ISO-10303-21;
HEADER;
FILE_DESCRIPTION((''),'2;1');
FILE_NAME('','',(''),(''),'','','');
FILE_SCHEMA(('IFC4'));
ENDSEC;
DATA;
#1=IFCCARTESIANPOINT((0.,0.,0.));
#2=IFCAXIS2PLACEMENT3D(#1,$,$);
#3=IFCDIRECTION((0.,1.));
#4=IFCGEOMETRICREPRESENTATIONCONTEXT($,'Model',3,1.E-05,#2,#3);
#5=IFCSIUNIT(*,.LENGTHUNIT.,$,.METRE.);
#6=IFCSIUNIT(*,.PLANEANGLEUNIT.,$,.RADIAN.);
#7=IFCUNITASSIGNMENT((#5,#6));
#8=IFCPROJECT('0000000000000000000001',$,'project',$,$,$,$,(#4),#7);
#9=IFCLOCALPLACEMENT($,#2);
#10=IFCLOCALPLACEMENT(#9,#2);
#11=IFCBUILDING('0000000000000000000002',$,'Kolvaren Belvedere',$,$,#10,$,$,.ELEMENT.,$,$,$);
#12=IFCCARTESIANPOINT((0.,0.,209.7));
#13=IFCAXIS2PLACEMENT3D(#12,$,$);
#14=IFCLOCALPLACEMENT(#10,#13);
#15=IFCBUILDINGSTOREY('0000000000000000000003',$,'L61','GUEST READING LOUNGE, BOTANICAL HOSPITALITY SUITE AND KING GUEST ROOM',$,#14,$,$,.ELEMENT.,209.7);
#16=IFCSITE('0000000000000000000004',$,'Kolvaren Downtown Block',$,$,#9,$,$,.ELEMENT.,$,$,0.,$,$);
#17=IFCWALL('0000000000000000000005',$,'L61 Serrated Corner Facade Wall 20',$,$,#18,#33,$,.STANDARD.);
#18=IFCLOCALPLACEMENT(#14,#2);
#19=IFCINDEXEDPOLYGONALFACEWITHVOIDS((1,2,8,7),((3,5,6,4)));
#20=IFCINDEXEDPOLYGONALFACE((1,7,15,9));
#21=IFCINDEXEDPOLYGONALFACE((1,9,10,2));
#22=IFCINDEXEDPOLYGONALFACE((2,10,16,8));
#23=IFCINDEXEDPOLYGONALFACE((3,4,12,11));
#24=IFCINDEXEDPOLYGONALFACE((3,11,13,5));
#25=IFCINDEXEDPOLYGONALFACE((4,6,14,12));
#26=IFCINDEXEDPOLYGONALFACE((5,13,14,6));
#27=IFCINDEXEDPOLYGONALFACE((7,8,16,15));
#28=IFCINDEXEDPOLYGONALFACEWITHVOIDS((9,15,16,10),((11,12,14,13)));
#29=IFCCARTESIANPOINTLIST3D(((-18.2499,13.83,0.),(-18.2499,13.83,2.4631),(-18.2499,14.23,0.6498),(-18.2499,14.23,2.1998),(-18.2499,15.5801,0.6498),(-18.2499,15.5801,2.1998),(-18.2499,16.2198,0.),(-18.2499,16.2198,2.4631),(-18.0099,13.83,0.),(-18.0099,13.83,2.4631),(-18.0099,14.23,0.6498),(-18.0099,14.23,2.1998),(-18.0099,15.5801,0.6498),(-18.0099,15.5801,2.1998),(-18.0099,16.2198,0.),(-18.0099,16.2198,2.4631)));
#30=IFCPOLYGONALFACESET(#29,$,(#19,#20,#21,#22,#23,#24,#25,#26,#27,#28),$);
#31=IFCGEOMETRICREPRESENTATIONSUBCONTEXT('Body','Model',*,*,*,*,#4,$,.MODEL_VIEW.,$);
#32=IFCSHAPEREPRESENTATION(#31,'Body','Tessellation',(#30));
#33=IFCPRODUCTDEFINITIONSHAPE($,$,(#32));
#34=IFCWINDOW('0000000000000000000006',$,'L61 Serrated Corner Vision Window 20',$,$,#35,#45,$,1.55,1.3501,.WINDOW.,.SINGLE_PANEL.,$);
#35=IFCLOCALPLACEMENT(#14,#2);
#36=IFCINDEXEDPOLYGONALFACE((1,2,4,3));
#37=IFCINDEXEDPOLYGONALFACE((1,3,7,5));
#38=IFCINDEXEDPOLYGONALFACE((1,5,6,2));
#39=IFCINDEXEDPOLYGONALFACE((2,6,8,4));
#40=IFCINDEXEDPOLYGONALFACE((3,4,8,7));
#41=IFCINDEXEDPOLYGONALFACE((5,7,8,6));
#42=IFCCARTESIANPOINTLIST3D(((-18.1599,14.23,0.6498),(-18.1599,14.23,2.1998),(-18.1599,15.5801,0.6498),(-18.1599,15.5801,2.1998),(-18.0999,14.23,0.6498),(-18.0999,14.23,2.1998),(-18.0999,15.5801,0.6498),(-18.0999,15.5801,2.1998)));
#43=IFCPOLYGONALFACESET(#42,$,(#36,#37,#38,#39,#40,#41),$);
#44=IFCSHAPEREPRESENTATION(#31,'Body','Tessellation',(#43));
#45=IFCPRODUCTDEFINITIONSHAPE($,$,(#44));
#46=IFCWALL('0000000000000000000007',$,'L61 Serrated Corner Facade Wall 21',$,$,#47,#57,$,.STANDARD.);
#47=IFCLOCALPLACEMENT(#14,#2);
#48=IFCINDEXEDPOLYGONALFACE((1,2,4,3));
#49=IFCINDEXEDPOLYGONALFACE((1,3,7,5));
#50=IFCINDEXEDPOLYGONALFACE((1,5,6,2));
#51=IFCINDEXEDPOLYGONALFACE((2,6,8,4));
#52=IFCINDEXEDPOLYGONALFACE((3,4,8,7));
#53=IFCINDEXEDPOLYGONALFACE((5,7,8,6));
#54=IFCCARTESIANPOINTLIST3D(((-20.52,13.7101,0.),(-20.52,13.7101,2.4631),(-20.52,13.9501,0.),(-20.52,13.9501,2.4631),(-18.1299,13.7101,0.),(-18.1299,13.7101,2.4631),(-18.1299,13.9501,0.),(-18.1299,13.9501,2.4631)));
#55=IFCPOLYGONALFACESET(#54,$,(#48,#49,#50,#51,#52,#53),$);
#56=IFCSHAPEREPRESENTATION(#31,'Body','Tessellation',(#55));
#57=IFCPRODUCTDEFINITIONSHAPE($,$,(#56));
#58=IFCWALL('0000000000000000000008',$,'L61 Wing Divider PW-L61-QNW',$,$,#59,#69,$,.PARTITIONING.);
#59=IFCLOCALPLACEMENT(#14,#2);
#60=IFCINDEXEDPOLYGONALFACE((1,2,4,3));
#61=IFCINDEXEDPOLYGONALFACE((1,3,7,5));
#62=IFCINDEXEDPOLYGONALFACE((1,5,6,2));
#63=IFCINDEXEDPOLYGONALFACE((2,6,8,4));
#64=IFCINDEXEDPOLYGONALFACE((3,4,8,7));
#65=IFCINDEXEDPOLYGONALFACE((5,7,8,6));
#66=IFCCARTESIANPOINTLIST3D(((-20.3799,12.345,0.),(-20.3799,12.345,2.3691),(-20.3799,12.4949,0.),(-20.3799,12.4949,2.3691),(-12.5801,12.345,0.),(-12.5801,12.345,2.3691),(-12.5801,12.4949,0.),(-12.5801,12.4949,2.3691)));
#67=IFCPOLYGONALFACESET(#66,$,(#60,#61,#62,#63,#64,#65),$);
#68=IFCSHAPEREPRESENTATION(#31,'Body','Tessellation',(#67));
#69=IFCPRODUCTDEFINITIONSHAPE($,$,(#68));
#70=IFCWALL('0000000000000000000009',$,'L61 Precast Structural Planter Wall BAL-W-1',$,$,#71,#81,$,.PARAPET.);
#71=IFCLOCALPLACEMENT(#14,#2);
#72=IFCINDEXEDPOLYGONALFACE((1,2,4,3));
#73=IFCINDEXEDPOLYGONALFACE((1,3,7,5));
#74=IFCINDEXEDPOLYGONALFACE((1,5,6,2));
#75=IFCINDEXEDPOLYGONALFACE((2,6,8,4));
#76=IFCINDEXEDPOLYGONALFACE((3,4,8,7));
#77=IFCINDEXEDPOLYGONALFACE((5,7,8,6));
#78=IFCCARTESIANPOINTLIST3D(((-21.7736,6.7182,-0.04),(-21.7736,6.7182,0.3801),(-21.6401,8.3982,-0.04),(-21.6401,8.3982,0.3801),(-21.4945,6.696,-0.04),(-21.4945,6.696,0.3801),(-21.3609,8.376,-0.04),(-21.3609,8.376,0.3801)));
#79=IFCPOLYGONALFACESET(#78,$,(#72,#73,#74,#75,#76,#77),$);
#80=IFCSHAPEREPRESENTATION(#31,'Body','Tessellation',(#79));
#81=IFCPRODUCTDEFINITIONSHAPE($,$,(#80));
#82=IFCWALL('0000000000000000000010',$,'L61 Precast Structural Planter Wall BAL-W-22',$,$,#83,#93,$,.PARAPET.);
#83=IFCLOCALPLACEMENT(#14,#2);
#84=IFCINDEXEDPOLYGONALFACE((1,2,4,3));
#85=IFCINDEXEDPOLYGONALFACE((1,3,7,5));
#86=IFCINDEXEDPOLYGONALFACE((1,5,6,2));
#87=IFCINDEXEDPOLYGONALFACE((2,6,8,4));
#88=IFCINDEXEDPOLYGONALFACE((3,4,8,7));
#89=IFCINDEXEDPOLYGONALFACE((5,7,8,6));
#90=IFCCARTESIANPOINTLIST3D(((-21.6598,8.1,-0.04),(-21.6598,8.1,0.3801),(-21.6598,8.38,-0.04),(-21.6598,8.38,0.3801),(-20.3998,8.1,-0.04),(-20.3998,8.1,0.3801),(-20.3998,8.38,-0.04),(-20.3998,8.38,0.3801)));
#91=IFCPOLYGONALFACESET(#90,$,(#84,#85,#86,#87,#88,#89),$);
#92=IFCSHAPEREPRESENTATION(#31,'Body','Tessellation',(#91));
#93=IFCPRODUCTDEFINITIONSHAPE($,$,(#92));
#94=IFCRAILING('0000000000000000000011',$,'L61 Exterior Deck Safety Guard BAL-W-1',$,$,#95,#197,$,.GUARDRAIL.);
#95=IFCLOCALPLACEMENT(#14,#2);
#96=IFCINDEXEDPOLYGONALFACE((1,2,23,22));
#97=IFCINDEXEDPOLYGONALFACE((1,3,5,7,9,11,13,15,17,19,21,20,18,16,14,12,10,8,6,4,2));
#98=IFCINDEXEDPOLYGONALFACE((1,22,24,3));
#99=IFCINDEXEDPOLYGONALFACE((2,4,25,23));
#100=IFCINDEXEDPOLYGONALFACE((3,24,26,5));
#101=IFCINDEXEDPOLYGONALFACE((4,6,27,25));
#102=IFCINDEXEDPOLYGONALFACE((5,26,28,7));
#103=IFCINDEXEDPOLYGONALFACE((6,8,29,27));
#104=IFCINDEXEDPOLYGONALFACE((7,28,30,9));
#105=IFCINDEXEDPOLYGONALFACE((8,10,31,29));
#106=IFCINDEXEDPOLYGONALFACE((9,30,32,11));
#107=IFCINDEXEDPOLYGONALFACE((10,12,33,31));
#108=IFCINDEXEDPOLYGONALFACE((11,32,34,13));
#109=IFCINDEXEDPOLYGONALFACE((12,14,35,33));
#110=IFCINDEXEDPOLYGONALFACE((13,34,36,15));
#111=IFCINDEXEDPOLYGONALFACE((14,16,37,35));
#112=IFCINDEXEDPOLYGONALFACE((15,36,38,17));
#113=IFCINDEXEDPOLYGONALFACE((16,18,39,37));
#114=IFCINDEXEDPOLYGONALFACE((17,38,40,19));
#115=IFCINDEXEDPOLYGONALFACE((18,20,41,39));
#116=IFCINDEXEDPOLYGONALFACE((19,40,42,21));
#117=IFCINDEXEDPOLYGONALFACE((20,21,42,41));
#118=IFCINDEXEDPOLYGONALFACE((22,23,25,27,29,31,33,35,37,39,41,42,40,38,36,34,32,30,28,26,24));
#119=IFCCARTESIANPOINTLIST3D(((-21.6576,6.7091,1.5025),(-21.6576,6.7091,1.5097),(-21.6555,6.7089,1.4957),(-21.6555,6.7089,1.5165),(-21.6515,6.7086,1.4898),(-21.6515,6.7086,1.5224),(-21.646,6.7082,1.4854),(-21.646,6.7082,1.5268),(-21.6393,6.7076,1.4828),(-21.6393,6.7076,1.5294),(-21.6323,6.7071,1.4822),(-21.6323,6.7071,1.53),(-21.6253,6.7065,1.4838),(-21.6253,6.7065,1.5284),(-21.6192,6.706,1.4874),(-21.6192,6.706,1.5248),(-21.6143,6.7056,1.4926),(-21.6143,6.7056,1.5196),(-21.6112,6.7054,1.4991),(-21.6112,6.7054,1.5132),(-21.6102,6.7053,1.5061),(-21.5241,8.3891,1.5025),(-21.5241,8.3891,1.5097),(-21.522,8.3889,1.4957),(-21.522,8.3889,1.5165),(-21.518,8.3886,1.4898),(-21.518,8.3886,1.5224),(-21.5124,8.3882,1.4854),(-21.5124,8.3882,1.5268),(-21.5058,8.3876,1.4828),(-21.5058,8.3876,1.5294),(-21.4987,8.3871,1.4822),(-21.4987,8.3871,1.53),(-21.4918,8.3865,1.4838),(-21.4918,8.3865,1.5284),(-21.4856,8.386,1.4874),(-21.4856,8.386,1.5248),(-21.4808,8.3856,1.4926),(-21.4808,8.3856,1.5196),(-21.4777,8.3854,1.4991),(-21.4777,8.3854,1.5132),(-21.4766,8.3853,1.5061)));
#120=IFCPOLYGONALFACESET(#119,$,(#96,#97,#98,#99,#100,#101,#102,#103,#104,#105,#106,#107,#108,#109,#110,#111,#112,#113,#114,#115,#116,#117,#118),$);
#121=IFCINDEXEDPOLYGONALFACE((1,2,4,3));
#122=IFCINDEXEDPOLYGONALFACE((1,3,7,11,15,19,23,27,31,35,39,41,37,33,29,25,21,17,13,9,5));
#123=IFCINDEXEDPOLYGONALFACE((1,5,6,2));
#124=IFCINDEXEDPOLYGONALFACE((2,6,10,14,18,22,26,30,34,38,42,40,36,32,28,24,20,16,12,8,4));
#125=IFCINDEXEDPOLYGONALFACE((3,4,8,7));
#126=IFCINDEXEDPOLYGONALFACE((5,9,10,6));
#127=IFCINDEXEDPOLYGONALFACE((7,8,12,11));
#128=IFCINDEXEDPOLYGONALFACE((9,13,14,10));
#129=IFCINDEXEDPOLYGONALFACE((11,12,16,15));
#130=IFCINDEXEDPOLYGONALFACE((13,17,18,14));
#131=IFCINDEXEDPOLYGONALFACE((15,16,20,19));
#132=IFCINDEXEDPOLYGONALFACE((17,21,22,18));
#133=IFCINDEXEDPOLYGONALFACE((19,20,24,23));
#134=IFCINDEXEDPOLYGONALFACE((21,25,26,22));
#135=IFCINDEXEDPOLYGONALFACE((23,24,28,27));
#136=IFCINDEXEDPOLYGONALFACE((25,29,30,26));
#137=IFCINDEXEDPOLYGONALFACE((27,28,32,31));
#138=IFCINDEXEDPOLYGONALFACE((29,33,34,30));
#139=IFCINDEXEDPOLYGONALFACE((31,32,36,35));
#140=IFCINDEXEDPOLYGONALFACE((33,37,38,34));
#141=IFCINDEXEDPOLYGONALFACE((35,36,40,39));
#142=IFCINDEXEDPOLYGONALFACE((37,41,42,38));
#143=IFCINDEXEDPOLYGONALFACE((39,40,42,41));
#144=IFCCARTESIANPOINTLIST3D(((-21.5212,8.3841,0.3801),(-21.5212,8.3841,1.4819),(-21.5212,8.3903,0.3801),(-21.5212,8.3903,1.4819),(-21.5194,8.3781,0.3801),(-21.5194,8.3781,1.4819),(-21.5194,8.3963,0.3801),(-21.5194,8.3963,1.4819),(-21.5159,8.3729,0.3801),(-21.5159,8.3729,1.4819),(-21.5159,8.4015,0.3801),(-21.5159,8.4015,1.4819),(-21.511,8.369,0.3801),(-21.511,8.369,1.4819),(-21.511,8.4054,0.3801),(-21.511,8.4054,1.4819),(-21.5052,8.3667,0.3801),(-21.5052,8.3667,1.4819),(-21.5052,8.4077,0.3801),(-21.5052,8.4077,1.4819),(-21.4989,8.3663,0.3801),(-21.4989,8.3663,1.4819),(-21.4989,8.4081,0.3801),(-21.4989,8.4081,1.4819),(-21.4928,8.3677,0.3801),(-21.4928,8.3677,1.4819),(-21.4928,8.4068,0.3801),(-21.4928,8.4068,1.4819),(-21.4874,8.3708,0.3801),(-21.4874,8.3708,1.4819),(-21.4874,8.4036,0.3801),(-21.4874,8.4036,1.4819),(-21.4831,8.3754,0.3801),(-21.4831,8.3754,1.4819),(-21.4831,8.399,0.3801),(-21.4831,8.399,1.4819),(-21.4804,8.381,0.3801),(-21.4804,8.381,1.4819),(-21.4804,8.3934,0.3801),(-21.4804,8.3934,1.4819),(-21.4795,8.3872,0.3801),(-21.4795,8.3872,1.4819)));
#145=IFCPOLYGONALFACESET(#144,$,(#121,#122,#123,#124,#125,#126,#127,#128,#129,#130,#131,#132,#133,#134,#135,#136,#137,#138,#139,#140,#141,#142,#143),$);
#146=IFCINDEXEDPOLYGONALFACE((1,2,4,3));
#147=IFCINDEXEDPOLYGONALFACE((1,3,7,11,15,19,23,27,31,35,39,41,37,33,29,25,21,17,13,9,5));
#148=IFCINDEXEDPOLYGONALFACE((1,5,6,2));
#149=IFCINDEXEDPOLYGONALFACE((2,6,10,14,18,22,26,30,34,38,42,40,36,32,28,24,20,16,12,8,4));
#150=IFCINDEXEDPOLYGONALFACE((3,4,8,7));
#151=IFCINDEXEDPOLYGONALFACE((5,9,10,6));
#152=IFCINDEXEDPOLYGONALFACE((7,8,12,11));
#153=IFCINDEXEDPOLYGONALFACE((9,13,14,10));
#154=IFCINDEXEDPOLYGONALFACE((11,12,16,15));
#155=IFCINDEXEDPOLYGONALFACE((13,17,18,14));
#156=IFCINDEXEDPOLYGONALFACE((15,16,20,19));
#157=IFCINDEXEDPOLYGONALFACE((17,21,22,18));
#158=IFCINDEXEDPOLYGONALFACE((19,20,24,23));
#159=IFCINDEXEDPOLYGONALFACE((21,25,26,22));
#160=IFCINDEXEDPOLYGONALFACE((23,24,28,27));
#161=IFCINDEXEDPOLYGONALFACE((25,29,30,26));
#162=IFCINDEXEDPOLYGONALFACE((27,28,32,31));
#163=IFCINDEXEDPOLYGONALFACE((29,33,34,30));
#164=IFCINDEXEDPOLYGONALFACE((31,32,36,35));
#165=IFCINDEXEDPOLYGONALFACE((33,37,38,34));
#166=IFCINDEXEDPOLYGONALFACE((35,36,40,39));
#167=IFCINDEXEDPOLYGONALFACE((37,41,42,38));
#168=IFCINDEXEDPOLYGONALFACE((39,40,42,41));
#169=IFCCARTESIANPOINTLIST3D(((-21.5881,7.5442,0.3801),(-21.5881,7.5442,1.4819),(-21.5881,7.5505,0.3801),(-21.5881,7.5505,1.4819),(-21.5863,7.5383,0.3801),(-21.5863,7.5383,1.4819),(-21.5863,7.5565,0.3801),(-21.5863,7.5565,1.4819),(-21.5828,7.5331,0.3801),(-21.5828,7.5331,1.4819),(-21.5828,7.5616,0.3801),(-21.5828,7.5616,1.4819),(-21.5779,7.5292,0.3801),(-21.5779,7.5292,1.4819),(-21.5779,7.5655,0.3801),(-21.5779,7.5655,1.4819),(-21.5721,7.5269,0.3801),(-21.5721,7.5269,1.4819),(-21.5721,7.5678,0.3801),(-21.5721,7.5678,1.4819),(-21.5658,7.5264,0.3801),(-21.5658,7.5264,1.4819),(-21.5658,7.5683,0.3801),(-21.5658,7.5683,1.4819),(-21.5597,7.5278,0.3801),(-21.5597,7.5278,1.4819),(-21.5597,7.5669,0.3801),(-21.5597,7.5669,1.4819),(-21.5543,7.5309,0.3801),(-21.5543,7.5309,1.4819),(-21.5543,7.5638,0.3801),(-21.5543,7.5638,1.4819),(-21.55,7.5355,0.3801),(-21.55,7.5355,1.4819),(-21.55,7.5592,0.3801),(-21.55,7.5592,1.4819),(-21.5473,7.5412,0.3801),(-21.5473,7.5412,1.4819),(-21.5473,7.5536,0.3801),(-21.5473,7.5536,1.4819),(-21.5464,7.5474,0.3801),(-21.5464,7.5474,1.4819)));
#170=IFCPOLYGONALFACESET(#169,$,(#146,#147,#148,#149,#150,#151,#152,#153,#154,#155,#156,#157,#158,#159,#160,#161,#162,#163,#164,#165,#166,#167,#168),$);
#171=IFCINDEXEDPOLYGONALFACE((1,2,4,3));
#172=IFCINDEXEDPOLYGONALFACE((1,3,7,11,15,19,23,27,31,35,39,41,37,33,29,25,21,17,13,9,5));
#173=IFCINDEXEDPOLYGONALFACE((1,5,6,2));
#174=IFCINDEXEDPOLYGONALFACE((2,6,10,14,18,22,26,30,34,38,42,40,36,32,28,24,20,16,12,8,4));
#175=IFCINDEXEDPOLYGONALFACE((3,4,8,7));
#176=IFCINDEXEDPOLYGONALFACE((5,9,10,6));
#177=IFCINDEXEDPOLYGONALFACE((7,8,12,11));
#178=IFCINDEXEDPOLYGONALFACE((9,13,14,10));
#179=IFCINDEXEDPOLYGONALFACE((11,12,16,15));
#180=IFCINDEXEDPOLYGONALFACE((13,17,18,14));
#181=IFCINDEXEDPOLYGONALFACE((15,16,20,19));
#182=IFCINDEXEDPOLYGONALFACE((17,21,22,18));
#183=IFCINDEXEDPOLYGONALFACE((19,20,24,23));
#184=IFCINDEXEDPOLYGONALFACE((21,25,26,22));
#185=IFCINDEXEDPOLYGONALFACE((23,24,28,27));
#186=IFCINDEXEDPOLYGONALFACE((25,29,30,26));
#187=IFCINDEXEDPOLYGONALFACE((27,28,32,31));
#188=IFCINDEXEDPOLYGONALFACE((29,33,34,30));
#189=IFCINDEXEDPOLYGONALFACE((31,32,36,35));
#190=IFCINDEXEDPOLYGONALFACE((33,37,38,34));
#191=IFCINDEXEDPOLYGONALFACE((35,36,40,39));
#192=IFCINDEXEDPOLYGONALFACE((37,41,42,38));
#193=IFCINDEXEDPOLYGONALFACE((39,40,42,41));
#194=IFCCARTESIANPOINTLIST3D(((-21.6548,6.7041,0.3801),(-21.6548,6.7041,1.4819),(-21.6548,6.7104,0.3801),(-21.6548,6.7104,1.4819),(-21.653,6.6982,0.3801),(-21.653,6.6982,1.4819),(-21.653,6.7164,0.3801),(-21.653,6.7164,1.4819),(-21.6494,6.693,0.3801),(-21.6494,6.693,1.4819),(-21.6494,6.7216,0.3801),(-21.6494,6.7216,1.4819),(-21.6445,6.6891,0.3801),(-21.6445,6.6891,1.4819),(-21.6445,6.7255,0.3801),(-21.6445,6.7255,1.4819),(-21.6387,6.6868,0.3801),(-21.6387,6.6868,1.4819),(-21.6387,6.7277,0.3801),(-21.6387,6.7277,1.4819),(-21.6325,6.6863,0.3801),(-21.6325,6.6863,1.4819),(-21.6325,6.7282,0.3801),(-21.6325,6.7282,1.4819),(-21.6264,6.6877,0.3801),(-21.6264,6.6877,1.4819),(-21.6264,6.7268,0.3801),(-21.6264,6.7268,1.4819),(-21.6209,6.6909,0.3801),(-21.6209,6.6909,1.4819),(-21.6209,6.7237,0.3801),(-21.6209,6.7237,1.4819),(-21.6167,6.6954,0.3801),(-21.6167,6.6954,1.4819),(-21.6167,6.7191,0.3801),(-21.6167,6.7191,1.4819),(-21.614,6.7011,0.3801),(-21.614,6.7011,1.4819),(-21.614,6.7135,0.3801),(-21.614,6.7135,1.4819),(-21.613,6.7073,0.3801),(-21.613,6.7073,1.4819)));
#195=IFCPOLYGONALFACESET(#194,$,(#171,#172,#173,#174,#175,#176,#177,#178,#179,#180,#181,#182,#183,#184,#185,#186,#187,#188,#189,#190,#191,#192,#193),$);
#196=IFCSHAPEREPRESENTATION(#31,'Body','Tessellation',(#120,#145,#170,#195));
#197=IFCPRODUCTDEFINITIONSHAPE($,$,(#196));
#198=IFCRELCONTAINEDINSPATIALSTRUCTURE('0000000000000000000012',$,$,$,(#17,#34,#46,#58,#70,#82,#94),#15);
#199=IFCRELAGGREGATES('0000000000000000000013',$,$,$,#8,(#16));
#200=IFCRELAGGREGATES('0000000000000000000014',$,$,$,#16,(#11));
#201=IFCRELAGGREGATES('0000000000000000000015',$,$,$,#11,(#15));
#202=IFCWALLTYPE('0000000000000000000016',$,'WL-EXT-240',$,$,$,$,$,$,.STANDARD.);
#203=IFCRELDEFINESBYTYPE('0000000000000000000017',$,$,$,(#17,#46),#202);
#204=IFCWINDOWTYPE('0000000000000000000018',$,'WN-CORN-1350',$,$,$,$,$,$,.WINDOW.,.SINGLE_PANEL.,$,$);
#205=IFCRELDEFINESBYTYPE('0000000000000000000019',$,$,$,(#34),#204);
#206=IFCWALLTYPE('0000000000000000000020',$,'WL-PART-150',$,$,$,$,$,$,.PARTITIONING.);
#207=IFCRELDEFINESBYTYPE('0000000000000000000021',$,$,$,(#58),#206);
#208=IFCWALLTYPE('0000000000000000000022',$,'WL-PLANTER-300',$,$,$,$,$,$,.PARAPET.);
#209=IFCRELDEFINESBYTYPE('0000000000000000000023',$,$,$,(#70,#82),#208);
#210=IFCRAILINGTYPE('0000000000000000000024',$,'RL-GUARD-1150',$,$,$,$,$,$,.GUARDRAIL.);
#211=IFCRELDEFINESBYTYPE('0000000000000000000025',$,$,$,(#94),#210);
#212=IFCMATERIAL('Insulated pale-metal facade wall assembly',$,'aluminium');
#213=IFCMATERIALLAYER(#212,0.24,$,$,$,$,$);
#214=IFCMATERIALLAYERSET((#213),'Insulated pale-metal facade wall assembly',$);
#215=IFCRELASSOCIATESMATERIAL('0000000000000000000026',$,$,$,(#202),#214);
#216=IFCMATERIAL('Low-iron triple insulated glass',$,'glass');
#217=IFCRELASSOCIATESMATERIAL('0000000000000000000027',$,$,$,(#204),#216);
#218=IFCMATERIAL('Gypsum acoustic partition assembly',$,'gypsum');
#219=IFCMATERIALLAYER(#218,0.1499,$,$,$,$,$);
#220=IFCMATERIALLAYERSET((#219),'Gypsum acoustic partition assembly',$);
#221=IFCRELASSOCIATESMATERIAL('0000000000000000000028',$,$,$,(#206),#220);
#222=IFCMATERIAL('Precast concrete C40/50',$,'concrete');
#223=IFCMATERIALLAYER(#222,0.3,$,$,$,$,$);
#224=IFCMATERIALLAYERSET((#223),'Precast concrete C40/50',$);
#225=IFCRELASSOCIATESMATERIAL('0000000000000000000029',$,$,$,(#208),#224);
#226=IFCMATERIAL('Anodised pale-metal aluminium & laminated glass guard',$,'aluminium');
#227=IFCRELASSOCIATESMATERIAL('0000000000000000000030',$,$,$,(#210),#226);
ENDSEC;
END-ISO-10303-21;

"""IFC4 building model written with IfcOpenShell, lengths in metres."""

from ifc_helpers import new_model, si_unit, direction, frame, frame_2d, origin, origin_2d, place, context, subcontext, project, spatial, rectangle, circle, extrude, material, layer, layer_set, type_object, element, fill, save


model = new_model("IFC4")

# Units and contexts
model_context = context("Model", 3, precision=1e-05, world=origin(), true_north=direction((0.0, 1.0)))
body_context = subcontext(model_context, "Body", "Model", "MODEL_VIEW")
ifc_project = project(units=[si_unit("LENGTHUNIT", "METRE"), si_unit("PLANEANGLEUNIT", "RADIAN")], contexts=[model_context])

# Site, building, storey
site_placement = place(None, origin())
site = spatial("IfcSite", under=ifc_project, at=site_placement, Name="Kolvaren Downtown Block", CompositionType="ELEMENT", RefElevation=0.0)
building_placement = place(site_placement, origin())
building = spatial("IfcBuilding", under=site, at=building_placement, Name="Kolvaren Belvedere", CompositionType="ELEMENT")
storey_placement = place(building_placement, frame((0.0, 0.0, 209.7)))
storey = spatial("IfcBuildingStorey", under=building, at=storey_placement, Name="L61", Description="GUEST READING LOUNGE, BOTANICAL HOSPITALITY SUITE AND KING GUEST ROOM", CompositionType="ELEMENT", Elevation=209.7)

# Shared definitions
ifc_material_1 = material(Name="Insulated pale-metal facade wall assembly", Category="aluminium")
ifc_layer_1 = layer(ifc_material_1, 0.24)
ifc_layer_set_1 = layer_set([ifc_layer_1], Name="Insulated pale-metal facade wall assembly")
wall_type_1 = type_object("IfcWallType", Name="WL-EXT-240", PredefinedType="STANDARD", material=ifc_layer_set_1)

# Wall, opening, window
ifc_material_2 = material(Name="Low-iron triple insulated glass", Category="glass")
window_type_1 = type_object("IfcWindowType", Name="WN-CORN-1350", PartitioningType="SINGLE_PANEL", PredefinedType="WINDOW", material=ifc_material_2)
wall_1_placement = place(storey_placement, frame((-18.1299, 13.8301, 0.0), z_axis=(0.0, 0.0, 1.0), x_axis=(0.0, 1.0, 0.0)))
wall_1 = element("IfcWall", 1, at=wall_1_placement, inside=storey, type_object=wall_type_1, Name="L61 Serrated Corner Facade Wall 20", PredefinedType="STANDARD", context=body_context, shape_type="SweptSolid", body=[
    extrude(rectangle(XDim=2.3899, YDim=0.24, at=frame_2d((1.1948, 0.0))), origin(), (0.0, 0.0, 1.0), 2.4631),
])
opening_1_placement = place(wall_1_placement, frame((0.3999, 0.0, 0.6499)))
opening_1 = element("IfcOpeningElement", 2, at=opening_1_placement, cuts=wall_1, PredefinedType="OPENING", context=body_context, shape_type="SweptSolid", body=[
    extrude(rectangle(XDim=1.3501, YDim=1.55, at=frame_2d((0.675, 0.7749))), frame((0.0, 0.1299, 0.0), z_axis=(0.0, -1.0, 0.0), x_axis=(1.0, 0.0, 0.0)), (0.0, 0.0, 1.0), 0.26),
])
window_1_placement = place(opening_1_placement, origin())
window_1 = element("IfcWindow", 3, at=window_1_placement, inside=storey, type_object=window_type_1, Name="L61 Serrated Corner Vision Window 20", OverallHeight=1.55, OverallWidth=1.3501, PartitioningType="SINGLE_PANEL", PredefinedType="WINDOW", context=body_context, shape_type="SweptSolid", body=[
    extrude(rectangle(XDim=1.3501, YDim=1.55, at=frame_2d((0.675, 0.7749))), frame((0.0, 0.03, 0.0), z_axis=(0.0, -1.0, 0.0), x_axis=(1.0, 0.0, 0.0)), (0.0, 0.0, 1.0), 0.0601),
])
fill(opening_1, window_1)

# Walls
wall_2_placement = place(storey_placement, frame((-20.52, 13.8301, 0.0), z_axis=(0.0, 0.0, 1.0), x_axis=(1.0, 0.0, 0.0)))
element("IfcWall", 4, at=wall_2_placement, inside=storey, type_object=wall_type_1, Name="L61 Serrated Corner Facade Wall 21", PredefinedType="STANDARD", context=body_context, shape_type="SweptSolid", body=[
    extrude(rectangle(XDim=2.3901, YDim=0.24, at=frame_2d((1.1951, 0.0))), origin(), (0.0, 0.0, 1.0), 2.4631),
])
ifc_material_3 = material(Name="Gypsum acoustic partition assembly", Category="gypsum")
ifc_layer_2 = layer(ifc_material_3, 0.1499)
ifc_layer_set_2 = layer_set([ifc_layer_2], Name="Gypsum acoustic partition assembly")
wall_type_2 = type_object("IfcWallType", Name="WL-PART-150", PredefinedType="PARTITIONING", material=ifc_layer_set_2)
wall_3_placement = place(storey_placement, frame((-20.3799, 12.4199, 0.0), z_axis=(0.0, 0.0, 1.0), x_axis=(1.0, 0.0, 0.0)))
element("IfcWall", 5, at=wall_3_placement, inside=storey, type_object=wall_type_2, Name="L61 Wing Divider PW-L61-QNW", PredefinedType="PARTITIONING", context=body_context, shape_type="SweptSolid", body=[
    extrude(rectangle(XDim=7.7998, YDim=0.1499, at=frame_2d((3.8999, 0.0))), origin(), (0.0, 0.0, 1.0), 2.3691),
])
ifc_material_4 = material(Name="Precast concrete C40/50", Category="concrete")
ifc_layer_3 = layer(ifc_material_4, 0.3)
ifc_layer_set_3 = layer_set([ifc_layer_3], Name="Precast concrete C40/50")
wall_type_3 = type_object("IfcWallType", Name="WL-PLANTER-300", PredefinedType="PARAPET", material=ifc_layer_set_3)
wall_4_placement = place(storey_placement, frame((-21.5005, 8.3872, -0.04), z_axis=(0.0, 0.0, 1.0), x_axis=(-0.079244, -0.996855, 0.0)))
element("IfcWall", 6, at=wall_4_placement, inside=storey, type_object=wall_type_3, Name="L61 Precast Structural Planter Wall BAL-W-1", PredefinedType="PARAPET", context=body_context, shape_type="SweptSolid", body=[
    extrude(rectangle(XDim=1.6853, YDim=0.28, at=frame_2d((0.8428, 0.0))), origin(), (0.0, 0.0, 1.0), 0.4202),
])
wall_5_placement = place(storey_placement, frame((-20.3999, 8.24, -0.04), z_axis=(0.0, 0.0, 1.0), x_axis=(-1.0, 0.0, 0.0)))
element("IfcWall", 7, at=wall_5_placement, inside=storey, type_object=wall_type_3, Name="L61 Precast Structural Planter Wall BAL-W-22", PredefinedType="PARAPET", context=body_context, shape_type="SweptSolid", body=[
    extrude(rectangle(XDim=1.26, YDim=0.28, at=frame_2d((0.6299, 0.0))), origin(), (0.0, 0.0, 1.0), 0.4202),
])

# Railing
ifc_material_5 = material(Name="Anodised pale-metal aluminium & laminated glass guard", Category="aluminium")
railing_type = type_object("IfcRailingType", Name="RL-GUARD-1150", PredefinedType="GUARDRAIL", material=ifc_material_5)
railing_1_placement = place(storey_placement, frame((-21.5005, 8.3872, 0.3801)))
element("IfcRailing", 8, at=railing_1_placement, inside=storey, type_object=railing_type, Name="L61 Exterior Deck Safety Guard BAL-W-1", PredefinedType="GUARDRAIL", context=body_context, shape_type="SweptSolid", body=[
    extrude(circle(Radius=0.0239, at=origin_2d()), frame((0.0, 0.0, 1.126), z_axis=(-0.079244, -0.996855, 0.0), x_axis=(0.996855, -0.079244, 0.0)), (0.0, 0.0, 1.0), 1.6853),
    extrude(circle(Radius=0.021, at=origin_2d()), origin(), (0.0, 0.0, 1.0), 1.1018),
    extrude(circle(Radius=0.021, at=origin_2d()), frame((-0.0669, -0.8398, 0.0)), (0.0, 0.0, 1.0), 1.1018),
    extrude(circle(Radius=0.021, at=origin_2d()), frame((-0.1335, -1.6799, 0.0)), (0.0, 0.0, 1.0), 1.1018),
])

save(model, "model.ifc")
